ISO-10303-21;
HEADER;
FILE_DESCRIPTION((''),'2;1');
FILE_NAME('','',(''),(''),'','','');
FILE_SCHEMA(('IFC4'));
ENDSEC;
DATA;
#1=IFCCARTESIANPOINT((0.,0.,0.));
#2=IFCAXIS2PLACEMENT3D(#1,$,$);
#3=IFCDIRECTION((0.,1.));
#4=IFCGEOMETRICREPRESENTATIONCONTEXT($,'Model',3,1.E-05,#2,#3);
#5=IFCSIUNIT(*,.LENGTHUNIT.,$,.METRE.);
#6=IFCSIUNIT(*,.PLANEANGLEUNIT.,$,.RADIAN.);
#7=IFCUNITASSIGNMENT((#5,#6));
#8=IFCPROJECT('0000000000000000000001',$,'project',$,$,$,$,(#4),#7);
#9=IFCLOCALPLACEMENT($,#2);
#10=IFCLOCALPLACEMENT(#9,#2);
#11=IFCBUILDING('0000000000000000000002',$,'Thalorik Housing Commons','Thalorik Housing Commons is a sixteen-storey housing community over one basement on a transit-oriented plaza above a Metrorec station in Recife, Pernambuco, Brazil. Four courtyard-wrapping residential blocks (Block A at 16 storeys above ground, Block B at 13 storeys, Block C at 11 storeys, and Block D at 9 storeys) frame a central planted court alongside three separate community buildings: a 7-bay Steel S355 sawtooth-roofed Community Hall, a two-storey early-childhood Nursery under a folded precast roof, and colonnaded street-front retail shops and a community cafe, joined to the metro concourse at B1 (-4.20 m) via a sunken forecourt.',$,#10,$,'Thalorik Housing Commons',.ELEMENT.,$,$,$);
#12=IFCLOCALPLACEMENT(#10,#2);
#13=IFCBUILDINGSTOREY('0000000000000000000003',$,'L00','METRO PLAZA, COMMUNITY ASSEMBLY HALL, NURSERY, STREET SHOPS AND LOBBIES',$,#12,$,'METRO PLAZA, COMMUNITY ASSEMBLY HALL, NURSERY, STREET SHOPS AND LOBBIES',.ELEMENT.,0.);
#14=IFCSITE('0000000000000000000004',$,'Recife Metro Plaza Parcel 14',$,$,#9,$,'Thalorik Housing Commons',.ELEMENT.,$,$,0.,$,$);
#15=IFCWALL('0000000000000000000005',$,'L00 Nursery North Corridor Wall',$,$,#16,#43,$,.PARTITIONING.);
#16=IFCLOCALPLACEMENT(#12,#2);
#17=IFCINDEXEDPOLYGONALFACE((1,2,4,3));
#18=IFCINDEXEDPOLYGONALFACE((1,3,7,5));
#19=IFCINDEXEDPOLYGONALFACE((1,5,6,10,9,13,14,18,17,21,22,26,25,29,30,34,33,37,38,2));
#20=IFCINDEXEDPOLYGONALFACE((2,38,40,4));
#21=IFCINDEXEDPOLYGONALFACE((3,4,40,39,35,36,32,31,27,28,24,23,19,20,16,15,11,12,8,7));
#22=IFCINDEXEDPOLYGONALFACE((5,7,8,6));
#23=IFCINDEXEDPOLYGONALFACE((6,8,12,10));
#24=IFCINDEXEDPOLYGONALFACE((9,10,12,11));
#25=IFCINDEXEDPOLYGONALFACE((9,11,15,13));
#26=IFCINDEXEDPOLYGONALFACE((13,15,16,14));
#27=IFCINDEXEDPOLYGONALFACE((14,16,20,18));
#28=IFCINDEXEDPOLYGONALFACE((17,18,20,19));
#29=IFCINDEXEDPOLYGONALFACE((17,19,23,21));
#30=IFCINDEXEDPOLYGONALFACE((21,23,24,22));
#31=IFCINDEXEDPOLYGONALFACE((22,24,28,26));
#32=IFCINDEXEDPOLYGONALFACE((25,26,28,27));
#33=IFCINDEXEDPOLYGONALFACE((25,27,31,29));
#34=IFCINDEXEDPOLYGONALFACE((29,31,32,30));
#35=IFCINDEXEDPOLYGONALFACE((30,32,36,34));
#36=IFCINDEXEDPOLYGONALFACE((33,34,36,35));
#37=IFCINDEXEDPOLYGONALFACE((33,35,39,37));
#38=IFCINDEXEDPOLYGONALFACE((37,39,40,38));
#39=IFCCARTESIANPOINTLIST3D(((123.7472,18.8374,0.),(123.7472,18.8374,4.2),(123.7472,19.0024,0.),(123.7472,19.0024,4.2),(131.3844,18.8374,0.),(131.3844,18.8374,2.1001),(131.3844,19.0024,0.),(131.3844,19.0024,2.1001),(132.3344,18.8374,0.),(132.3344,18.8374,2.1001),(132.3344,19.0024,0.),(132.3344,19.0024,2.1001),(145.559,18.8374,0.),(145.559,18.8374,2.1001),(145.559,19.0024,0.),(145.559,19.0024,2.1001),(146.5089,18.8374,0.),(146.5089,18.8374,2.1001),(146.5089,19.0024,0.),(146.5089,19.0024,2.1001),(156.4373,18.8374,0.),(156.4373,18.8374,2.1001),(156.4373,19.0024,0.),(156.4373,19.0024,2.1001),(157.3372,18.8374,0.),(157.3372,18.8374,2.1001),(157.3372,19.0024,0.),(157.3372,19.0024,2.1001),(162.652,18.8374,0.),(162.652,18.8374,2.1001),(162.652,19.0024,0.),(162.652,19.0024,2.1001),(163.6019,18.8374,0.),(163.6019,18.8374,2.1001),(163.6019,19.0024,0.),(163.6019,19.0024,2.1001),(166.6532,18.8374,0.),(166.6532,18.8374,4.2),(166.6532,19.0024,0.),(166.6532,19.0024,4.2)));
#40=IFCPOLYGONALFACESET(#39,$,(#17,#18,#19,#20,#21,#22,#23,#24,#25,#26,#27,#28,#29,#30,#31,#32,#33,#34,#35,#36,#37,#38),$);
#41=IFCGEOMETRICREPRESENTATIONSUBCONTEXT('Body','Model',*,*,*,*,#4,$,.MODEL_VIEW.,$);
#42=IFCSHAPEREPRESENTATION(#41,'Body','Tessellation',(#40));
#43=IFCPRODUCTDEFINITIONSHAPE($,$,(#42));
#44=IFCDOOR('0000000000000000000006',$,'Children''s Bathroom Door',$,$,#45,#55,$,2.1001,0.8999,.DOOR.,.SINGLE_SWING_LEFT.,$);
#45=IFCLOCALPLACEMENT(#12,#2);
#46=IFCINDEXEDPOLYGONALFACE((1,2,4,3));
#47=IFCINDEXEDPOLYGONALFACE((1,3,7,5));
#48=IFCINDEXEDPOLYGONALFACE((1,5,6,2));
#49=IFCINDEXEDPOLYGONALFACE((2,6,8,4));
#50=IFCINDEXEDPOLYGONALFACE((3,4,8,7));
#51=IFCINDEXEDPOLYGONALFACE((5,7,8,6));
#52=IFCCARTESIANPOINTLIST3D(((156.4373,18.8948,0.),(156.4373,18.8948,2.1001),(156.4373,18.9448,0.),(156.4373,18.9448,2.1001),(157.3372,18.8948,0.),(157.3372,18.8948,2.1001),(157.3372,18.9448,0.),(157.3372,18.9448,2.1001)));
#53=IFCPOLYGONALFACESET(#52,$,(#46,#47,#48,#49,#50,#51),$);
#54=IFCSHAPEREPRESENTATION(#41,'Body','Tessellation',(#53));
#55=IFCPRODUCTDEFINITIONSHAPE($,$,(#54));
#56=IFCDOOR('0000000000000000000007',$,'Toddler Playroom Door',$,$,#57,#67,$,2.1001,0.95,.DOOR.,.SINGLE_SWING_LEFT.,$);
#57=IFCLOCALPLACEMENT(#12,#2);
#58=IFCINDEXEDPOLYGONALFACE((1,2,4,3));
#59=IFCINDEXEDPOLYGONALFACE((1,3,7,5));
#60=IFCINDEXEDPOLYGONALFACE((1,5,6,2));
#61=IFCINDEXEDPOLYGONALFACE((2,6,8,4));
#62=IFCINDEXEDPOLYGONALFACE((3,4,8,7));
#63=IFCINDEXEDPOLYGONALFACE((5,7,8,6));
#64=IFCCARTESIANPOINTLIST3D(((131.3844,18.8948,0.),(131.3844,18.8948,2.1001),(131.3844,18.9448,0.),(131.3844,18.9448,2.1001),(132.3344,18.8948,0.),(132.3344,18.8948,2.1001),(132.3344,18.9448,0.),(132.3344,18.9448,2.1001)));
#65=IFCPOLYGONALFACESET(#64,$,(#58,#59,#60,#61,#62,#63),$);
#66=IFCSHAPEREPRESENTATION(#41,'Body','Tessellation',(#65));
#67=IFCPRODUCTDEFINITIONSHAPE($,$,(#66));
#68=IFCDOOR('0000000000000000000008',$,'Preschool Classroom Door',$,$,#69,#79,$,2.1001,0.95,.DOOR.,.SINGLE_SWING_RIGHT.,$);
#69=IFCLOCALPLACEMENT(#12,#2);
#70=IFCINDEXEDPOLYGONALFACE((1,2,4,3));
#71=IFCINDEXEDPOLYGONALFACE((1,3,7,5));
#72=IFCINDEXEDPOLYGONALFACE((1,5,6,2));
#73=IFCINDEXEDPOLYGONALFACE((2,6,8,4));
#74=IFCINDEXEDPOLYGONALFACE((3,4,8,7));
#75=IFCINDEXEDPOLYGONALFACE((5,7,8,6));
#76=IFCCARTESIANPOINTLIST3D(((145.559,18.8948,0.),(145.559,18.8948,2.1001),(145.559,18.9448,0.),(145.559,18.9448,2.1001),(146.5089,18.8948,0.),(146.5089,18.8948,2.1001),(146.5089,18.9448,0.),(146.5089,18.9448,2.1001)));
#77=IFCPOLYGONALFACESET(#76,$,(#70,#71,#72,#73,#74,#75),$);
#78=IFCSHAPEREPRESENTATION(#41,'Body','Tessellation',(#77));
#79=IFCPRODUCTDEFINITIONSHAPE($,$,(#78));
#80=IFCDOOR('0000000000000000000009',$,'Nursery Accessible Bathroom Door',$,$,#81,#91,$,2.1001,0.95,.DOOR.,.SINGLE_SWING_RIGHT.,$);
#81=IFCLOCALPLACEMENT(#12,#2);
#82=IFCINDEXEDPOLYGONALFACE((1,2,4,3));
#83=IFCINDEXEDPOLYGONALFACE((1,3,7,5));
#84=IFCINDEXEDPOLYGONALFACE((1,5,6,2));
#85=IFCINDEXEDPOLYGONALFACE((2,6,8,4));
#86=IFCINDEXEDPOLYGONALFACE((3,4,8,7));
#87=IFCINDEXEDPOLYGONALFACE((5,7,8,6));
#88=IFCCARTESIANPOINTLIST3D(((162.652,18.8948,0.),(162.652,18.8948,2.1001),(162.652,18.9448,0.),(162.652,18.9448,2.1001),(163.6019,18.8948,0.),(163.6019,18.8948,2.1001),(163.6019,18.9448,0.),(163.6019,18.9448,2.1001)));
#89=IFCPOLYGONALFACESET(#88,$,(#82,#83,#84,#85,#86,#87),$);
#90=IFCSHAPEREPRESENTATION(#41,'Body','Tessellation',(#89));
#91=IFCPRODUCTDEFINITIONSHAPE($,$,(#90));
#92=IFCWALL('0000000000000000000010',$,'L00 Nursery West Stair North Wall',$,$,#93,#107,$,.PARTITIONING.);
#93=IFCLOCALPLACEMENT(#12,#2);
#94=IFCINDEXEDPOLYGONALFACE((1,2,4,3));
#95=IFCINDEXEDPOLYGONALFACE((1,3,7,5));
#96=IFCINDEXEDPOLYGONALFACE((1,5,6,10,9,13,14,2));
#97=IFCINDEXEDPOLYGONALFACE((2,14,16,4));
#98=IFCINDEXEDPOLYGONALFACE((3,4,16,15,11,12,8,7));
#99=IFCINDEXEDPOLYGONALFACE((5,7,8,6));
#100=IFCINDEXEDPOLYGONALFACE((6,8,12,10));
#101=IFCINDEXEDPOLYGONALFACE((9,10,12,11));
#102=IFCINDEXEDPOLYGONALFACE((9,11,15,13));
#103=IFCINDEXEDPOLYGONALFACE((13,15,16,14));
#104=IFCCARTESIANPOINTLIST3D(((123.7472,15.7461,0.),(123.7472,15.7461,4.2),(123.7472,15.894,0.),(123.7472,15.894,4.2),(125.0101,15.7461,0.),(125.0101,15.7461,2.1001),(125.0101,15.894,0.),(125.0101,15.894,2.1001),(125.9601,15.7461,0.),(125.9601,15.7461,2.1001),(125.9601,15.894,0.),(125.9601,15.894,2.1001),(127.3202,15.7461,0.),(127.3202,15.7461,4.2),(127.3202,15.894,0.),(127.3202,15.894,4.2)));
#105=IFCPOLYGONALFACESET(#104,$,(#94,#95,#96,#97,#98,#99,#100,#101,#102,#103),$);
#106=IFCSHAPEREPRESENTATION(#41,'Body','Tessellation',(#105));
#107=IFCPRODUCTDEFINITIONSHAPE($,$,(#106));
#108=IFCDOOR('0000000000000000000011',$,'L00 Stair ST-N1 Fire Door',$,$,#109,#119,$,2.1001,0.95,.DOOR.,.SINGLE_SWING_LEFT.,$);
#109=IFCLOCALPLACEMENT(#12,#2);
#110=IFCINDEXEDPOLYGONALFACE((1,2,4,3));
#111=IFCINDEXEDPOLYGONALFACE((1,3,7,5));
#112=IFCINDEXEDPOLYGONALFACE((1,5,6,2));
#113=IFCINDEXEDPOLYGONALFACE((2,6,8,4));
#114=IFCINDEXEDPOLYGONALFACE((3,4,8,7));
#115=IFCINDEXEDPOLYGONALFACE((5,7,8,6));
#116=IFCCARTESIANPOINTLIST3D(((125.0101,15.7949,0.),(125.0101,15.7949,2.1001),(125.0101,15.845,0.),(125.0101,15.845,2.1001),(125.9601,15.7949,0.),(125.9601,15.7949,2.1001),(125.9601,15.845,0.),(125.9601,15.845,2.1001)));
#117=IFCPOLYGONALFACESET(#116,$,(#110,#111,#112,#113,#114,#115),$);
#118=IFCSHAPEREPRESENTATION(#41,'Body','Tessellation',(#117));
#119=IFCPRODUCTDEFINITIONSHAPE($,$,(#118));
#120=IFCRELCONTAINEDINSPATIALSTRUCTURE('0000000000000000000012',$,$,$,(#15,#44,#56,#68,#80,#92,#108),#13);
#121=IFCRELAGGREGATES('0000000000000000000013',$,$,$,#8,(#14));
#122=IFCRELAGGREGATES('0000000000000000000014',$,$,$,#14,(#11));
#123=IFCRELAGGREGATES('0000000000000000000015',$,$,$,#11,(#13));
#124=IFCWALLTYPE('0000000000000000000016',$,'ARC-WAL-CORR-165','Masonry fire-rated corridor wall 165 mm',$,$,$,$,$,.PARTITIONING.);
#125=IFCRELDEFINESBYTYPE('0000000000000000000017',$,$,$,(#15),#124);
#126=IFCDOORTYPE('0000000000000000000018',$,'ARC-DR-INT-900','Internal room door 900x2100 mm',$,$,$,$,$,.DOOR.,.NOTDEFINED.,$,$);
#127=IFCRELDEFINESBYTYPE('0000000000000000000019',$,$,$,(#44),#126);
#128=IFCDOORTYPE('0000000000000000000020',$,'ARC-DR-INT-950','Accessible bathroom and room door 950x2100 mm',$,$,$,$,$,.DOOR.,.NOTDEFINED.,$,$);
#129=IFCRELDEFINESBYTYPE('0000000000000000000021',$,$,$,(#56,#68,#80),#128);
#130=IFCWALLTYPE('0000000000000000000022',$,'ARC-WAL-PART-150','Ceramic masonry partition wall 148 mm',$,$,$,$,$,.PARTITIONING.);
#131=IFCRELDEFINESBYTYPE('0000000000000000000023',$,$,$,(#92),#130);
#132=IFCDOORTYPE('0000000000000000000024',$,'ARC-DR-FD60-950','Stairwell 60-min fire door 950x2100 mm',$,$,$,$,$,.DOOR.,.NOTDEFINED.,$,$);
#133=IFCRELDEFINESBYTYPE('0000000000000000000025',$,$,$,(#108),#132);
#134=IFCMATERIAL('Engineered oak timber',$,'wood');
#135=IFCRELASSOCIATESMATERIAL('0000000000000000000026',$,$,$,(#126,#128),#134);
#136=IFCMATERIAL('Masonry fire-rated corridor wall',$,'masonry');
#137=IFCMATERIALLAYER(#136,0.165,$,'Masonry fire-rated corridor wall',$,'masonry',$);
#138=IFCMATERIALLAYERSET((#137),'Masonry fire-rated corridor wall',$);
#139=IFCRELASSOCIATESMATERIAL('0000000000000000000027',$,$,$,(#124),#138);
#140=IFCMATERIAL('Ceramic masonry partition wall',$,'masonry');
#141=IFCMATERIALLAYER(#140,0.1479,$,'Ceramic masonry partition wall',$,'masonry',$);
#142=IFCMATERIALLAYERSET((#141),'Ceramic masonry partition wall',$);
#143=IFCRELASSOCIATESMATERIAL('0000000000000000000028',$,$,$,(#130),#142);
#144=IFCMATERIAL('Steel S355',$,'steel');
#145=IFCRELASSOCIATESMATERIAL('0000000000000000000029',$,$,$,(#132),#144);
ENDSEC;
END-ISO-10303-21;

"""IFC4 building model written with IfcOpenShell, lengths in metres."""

from ifc_helpers import new_model, si_unit, direction, frame, frame_2d, origin, place, context, subcontext, project, spatial, rectangle, extrude, material, layer, layer_set, type_object, element, fill, save


model = new_model("IFC4")

# Units and contexts
model_context = context("Model", 3, precision=1e-05, world=origin(), true_north=direction((0.0, 1.0)))
body_context = subcontext(model_context, "Body", "Model", "MODEL_VIEW")
ifc_project = project(units=[si_unit("LENGTHUNIT", "METRE"), si_unit("PLANEANGLEUNIT", "RADIAN")], contexts=[model_context])

# Site, building, storey
site_placement = place(None, origin())
site = spatial("IfcSite", under=ifc_project, at=site_placement, Name="Recife Metro Plaza Parcel 14", LongName="Thalorik Housing Commons", CompositionType="ELEMENT", RefElevation=0.0)
building_placement = place(site_placement, origin())
building = spatial("IfcBuilding", under=site, at=building_placement, Name="Thalorik Housing Commons", Description="Thalorik Housing Commons is a sixteen-storey housing community over one basement on a transit-oriented plaza above a Metrorec station in Recife, Pernambuco, Brazil. Four courtyard-wrapping residential blocks (Block A at 16 storeys above ground, Block B at 13 storeys, Block C at 11 storeys, and Block D at 9 storeys) frame a central planted court alongside three separate community buildings: a 7-bay Steel S355 sawtooth-roofed Community Hall, a two-storey early-childhood Nursery under a folded precast roof, and colonnaded street-front retail shops and a community cafe, joined to the metro concourse at B1 (-4.20 m) via a sunken forecourt.", LongName="Thalorik Housing Commons", CompositionType="ELEMENT")
storey_placement = place(building_placement, origin())
storey = spatial("IfcBuildingStorey", under=building, at=storey_placement, Name="L00", Description="METRO PLAZA, COMMUNITY ASSEMBLY HALL, NURSERY, STREET SHOPS AND LOBBIES", LongName="METRO PLAZA, COMMUNITY ASSEMBLY HALL, NURSERY, STREET SHOPS AND LOBBIES", CompositionType="ELEMENT", Elevation=0.0)

# Wall, openings, doors
ifc_material_1 = material(Name="Masonry fire-rated corridor wall", Category="masonry")
ifc_material_2 = material(Name="Engineered oak timber", Category="wood")
door_type_1 = type_object("IfcDoorType", Name="ARC-DR-INT-900", Description="Internal room door 900x2100 mm", OperationType="NOTDEFINED", PredefinedType="DOOR", material=ifc_material_2)
door_type_2 = type_object("IfcDoorType", Name="ARC-DR-INT-950", Description="Accessible bathroom and room door 950x2100 mm", OperationType="NOTDEFINED", PredefinedType="DOOR", material=ifc_material_2)
ifc_layer_1 = layer(ifc_material_1, 0.165, Name="Masonry fire-rated corridor wall", Category="masonry")
ifc_layer_set_1 = layer_set([ifc_layer_1], Name="Masonry fire-rated corridor wall")
wall_type_1 = type_object("IfcWallType", Name="ARC-WAL-CORR-165", Description="Masonry fire-rated corridor wall 165 mm", PredefinedType="PARTITIONING", material=ifc_layer_set_1)
wall_1_placement = place(storey_placement, frame((123.7471, 18.9199, 0.0), z_axis=(0.0, 0.0, 1.0), x_axis=(1.0, 0.0, 0.0)))
wall_1 = element("IfcWall", 1, at=wall_1_placement, inside=storey, type_object=wall_type_1, Name="L00 Nursery North Corridor Wall", PredefinedType="PARTITIONING", context=body_context, shape_type="SweptSolid", body=[
    extrude(rectangle(XDim=42.906, YDim=0.165, at=frame_2d((21.4531, 0.0))), origin(), (0.0, 0.0, 1.0), 4.2),
])
opening_1_placement = place(wall_1_placement, frame((7.6372, 0.0, 0.0)))
opening_1 = element("IfcOpeningElement", 2, at=opening_1_placement, cuts=wall_1, PredefinedType="OPENING", context=body_context, shape_type="SweptSolid", body=[
    extrude(rectangle(XDim=0.95, YDim=2.1001, at=frame_2d((0.4751, 1.05))), frame((0.0, 0.0925, 0.0), z_axis=(0.0, -1.0, 0.0), x_axis=(1.0, 0.0, 0.0)), (0.0, 0.0, 1.0), 0.1851),
])
opening_2_placement = place(wall_1_placement, frame((21.8118, 0.0, 0.0)))
opening_2 = element("IfcOpeningElement", 3, at=opening_2_placement, cuts=wall_1, PredefinedType="OPENING", context=body_context, shape_type="SweptSolid", body=[
    extrude(rectangle(XDim=0.95, YDim=2.1001, at=frame_2d((0.4751, 1.05))), frame((0.0, 0.0925, 0.0), z_axis=(0.0, -1.0, 0.0), x_axis=(1.0, 0.0, 0.0)), (0.0, 0.0, 1.0), 0.1851),
])
opening_3_placement = place(wall_1_placement, frame((32.6902, 0.0, 0.0)))
opening_3 = element("IfcOpeningElement", 4, at=opening_3_placement, cuts=wall_1, PredefinedType="OPENING", context=body_context, shape_type="SweptSolid", body=[
    extrude(rectangle(XDim=0.8999, YDim=2.1001, at=frame_2d((0.45, 1.05))), frame((0.0, 0.0925, 0.0), z_axis=(0.0, -1.0, 0.0), x_axis=(1.0, 0.0, 0.0)), (0.0, 0.0, 1.0), 0.1851),
])
opening_4_placement = place(wall_1_placement, frame((38.9048, 0.0, 0.0)))
opening_4 = element("IfcOpeningElement", 5, at=opening_4_placement, cuts=wall_1, PredefinedType="OPENING", context=body_context, shape_type="SweptSolid", body=[
    extrude(rectangle(XDim=0.95, YDim=2.1001, at=frame_2d((0.4751, 1.05))), frame((0.0, 0.0925, 0.0), z_axis=(0.0, -1.0, 0.0), x_axis=(1.0, 0.0, 0.0)), (0.0, 0.0, 1.0), 0.1851),
])
door_1_placement = place(opening_3_placement, origin())
door_1 = element("IfcDoor", 6, at=door_1_placement, inside=storey, type_object=door_type_1, Name="Children's Bathroom Door", OperationType="SINGLE_SWING_LEFT", OverallHeight=2.1001, OverallWidth=0.8999, PredefinedType="DOOR", context=body_context, shape_type="SweptSolid", body=[
    extrude(rectangle(XDim=0.8999, YDim=2.1001, at=frame_2d((0.45, 1.05))), frame((0.0, 0.0249, 0.0), z_axis=(0.0, -1.0, 0.0), x_axis=(1.0, 0.0, 0.0)), (0.0, 0.0, 1.0), 0.05),
])
fill(opening_3, door_1)
door_2_placement = place(opening_1_placement, origin())
door_2 = element("IfcDoor", 7, at=door_2_placement, inside=storey, type_object=door_type_2, Name="Toddler Playroom Door", OperationType="SINGLE_SWING_LEFT", OverallHeight=2.1001, OverallWidth=0.95, PredefinedType="DOOR", context=body_context, shape_type="SweptSolid", body=[
    extrude(rectangle(XDim=0.95, YDim=2.1001, at=frame_2d((0.4751, 1.05))), frame((0.0, 0.0249, 0.0), z_axis=(0.0, -1.0, 0.0), x_axis=(1.0, 0.0, 0.0)), (0.0, 0.0, 1.0), 0.05),
])
fill(opening_1, door_2)
door_3_placement = place(opening_2_placement, origin())
door_3 = element("IfcDoor", 8, at=door_3_placement, inside=storey, type_object=door_type_2, Name="Preschool Classroom Door", OperationType="SINGLE_SWING_RIGHT", OverallHeight=2.1001, OverallWidth=0.95, PredefinedType="DOOR", context=body_context, shape_type="SweptSolid", body=[
    extrude(rectangle(XDim=0.95, YDim=2.1001, at=frame_2d((0.4751, 1.05))), frame((0.0, 0.0249, 0.0), z_axis=(0.0, -1.0, 0.0), x_axis=(1.0, 0.0, 0.0)), (0.0, 0.0, 1.0), 0.05),
])
fill(opening_2, door_3)
door_4_placement = place(opening_4_placement, origin())
door_4 = element("IfcDoor", 9, at=door_4_placement, inside=storey, type_object=door_type_2, Name="Nursery Accessible Bathroom Door", OperationType="SINGLE_SWING_RIGHT", OverallHeight=2.1001, OverallWidth=0.95, PredefinedType="DOOR", context=body_context, shape_type="SweptSolid", body=[
    extrude(rectangle(XDim=0.95, YDim=2.1001, at=frame_2d((0.4751, 1.05))), frame((0.0, 0.0249, 0.0), z_axis=(0.0, -1.0, 0.0), x_axis=(1.0, 0.0, 0.0)), (0.0, 0.0, 1.0), 0.05),
])
fill(opening_4, door_4)

# Wall, opening, door
ifc_material_3 = material(Name="Ceramic masonry partition wall", Category="masonry")
ifc_layer_2 = layer(ifc_material_3, 0.1479, Name="Ceramic masonry partition wall", Category="masonry")
ifc_layer_set_2 = layer_set([ifc_layer_2], Name="Ceramic masonry partition wall")
wall_type_2 = type_object("IfcWallType", Name="ARC-WAL-PART-150", Description="Ceramic masonry partition wall 148 mm", PredefinedType="PARTITIONING", material=ifc_layer_set_2)
wall_2_placement = place(storey_placement, frame((123.7471, 15.8201, 0.0), z_axis=(0.0, 0.0, 1.0), x_axis=(1.0, 0.0, 0.0)))
wall_2 = element("IfcWall", 10, at=wall_2_placement, inside=storey, type_object=wall_type_2, Name="L00 Nursery West Stair North Wall", PredefinedType="PARTITIONING", context=body_context, shape_type="SweptSolid", body=[
    extrude(rectangle(XDim=3.573, YDim=0.1479, at=frame_2d((1.7866, 0.0))), origin(), (0.0, 0.0, 1.0), 4.2),
])
opening_5_placement = place(wall_2_placement, frame((1.2629, 0.0, 0.0)))
opening_5 = element("IfcOpeningElement", 11, at=opening_5_placement, cuts=wall_2, PredefinedType="OPENING", context=body_context, shape_type="SweptSolid", body=[
    extrude(rectangle(XDim=0.95, YDim=2.1001, at=frame_2d((0.4751, 1.05))), frame((0.0, 0.084, 0.0), z_axis=(0.0, -1.0, 0.0), x_axis=(1.0, 0.0, 0.0)), (0.0, 0.0, 1.0), 0.168),
])
ifc_material_4 = material(Name="Steel S355", Category="steel")
door_type_3 = type_object("IfcDoorType", Name="ARC-DR-FD60-950", Description="Stairwell 60-min fire door 950x2100 mm", OperationType="NOTDEFINED", PredefinedType="DOOR", material=ifc_material_4)
door_5_placement = place(opening_5_placement, origin())
door_5 = element("IfcDoor", 12, at=door_5_placement, inside=storey, type_object=door_type_3, Name="L00 Stair ST-N1 Fire Door", OperationType="SINGLE_SWING_LEFT", OverallHeight=2.1001, OverallWidth=0.95, PredefinedType="DOOR", context=body_context, shape_type="SweptSolid", body=[
    extrude(rectangle(XDim=0.95, YDim=2.1001, at=frame_2d((0.4751, 1.05))), frame((0.0, 0.0249, 0.0), z_axis=(0.0, -1.0, 0.0), x_axis=(1.0, 0.0, 0.0)), (0.0, 0.0, 1.0), 0.05),
])
fill(opening_5, door_5)

save(model, "model.ifc")
